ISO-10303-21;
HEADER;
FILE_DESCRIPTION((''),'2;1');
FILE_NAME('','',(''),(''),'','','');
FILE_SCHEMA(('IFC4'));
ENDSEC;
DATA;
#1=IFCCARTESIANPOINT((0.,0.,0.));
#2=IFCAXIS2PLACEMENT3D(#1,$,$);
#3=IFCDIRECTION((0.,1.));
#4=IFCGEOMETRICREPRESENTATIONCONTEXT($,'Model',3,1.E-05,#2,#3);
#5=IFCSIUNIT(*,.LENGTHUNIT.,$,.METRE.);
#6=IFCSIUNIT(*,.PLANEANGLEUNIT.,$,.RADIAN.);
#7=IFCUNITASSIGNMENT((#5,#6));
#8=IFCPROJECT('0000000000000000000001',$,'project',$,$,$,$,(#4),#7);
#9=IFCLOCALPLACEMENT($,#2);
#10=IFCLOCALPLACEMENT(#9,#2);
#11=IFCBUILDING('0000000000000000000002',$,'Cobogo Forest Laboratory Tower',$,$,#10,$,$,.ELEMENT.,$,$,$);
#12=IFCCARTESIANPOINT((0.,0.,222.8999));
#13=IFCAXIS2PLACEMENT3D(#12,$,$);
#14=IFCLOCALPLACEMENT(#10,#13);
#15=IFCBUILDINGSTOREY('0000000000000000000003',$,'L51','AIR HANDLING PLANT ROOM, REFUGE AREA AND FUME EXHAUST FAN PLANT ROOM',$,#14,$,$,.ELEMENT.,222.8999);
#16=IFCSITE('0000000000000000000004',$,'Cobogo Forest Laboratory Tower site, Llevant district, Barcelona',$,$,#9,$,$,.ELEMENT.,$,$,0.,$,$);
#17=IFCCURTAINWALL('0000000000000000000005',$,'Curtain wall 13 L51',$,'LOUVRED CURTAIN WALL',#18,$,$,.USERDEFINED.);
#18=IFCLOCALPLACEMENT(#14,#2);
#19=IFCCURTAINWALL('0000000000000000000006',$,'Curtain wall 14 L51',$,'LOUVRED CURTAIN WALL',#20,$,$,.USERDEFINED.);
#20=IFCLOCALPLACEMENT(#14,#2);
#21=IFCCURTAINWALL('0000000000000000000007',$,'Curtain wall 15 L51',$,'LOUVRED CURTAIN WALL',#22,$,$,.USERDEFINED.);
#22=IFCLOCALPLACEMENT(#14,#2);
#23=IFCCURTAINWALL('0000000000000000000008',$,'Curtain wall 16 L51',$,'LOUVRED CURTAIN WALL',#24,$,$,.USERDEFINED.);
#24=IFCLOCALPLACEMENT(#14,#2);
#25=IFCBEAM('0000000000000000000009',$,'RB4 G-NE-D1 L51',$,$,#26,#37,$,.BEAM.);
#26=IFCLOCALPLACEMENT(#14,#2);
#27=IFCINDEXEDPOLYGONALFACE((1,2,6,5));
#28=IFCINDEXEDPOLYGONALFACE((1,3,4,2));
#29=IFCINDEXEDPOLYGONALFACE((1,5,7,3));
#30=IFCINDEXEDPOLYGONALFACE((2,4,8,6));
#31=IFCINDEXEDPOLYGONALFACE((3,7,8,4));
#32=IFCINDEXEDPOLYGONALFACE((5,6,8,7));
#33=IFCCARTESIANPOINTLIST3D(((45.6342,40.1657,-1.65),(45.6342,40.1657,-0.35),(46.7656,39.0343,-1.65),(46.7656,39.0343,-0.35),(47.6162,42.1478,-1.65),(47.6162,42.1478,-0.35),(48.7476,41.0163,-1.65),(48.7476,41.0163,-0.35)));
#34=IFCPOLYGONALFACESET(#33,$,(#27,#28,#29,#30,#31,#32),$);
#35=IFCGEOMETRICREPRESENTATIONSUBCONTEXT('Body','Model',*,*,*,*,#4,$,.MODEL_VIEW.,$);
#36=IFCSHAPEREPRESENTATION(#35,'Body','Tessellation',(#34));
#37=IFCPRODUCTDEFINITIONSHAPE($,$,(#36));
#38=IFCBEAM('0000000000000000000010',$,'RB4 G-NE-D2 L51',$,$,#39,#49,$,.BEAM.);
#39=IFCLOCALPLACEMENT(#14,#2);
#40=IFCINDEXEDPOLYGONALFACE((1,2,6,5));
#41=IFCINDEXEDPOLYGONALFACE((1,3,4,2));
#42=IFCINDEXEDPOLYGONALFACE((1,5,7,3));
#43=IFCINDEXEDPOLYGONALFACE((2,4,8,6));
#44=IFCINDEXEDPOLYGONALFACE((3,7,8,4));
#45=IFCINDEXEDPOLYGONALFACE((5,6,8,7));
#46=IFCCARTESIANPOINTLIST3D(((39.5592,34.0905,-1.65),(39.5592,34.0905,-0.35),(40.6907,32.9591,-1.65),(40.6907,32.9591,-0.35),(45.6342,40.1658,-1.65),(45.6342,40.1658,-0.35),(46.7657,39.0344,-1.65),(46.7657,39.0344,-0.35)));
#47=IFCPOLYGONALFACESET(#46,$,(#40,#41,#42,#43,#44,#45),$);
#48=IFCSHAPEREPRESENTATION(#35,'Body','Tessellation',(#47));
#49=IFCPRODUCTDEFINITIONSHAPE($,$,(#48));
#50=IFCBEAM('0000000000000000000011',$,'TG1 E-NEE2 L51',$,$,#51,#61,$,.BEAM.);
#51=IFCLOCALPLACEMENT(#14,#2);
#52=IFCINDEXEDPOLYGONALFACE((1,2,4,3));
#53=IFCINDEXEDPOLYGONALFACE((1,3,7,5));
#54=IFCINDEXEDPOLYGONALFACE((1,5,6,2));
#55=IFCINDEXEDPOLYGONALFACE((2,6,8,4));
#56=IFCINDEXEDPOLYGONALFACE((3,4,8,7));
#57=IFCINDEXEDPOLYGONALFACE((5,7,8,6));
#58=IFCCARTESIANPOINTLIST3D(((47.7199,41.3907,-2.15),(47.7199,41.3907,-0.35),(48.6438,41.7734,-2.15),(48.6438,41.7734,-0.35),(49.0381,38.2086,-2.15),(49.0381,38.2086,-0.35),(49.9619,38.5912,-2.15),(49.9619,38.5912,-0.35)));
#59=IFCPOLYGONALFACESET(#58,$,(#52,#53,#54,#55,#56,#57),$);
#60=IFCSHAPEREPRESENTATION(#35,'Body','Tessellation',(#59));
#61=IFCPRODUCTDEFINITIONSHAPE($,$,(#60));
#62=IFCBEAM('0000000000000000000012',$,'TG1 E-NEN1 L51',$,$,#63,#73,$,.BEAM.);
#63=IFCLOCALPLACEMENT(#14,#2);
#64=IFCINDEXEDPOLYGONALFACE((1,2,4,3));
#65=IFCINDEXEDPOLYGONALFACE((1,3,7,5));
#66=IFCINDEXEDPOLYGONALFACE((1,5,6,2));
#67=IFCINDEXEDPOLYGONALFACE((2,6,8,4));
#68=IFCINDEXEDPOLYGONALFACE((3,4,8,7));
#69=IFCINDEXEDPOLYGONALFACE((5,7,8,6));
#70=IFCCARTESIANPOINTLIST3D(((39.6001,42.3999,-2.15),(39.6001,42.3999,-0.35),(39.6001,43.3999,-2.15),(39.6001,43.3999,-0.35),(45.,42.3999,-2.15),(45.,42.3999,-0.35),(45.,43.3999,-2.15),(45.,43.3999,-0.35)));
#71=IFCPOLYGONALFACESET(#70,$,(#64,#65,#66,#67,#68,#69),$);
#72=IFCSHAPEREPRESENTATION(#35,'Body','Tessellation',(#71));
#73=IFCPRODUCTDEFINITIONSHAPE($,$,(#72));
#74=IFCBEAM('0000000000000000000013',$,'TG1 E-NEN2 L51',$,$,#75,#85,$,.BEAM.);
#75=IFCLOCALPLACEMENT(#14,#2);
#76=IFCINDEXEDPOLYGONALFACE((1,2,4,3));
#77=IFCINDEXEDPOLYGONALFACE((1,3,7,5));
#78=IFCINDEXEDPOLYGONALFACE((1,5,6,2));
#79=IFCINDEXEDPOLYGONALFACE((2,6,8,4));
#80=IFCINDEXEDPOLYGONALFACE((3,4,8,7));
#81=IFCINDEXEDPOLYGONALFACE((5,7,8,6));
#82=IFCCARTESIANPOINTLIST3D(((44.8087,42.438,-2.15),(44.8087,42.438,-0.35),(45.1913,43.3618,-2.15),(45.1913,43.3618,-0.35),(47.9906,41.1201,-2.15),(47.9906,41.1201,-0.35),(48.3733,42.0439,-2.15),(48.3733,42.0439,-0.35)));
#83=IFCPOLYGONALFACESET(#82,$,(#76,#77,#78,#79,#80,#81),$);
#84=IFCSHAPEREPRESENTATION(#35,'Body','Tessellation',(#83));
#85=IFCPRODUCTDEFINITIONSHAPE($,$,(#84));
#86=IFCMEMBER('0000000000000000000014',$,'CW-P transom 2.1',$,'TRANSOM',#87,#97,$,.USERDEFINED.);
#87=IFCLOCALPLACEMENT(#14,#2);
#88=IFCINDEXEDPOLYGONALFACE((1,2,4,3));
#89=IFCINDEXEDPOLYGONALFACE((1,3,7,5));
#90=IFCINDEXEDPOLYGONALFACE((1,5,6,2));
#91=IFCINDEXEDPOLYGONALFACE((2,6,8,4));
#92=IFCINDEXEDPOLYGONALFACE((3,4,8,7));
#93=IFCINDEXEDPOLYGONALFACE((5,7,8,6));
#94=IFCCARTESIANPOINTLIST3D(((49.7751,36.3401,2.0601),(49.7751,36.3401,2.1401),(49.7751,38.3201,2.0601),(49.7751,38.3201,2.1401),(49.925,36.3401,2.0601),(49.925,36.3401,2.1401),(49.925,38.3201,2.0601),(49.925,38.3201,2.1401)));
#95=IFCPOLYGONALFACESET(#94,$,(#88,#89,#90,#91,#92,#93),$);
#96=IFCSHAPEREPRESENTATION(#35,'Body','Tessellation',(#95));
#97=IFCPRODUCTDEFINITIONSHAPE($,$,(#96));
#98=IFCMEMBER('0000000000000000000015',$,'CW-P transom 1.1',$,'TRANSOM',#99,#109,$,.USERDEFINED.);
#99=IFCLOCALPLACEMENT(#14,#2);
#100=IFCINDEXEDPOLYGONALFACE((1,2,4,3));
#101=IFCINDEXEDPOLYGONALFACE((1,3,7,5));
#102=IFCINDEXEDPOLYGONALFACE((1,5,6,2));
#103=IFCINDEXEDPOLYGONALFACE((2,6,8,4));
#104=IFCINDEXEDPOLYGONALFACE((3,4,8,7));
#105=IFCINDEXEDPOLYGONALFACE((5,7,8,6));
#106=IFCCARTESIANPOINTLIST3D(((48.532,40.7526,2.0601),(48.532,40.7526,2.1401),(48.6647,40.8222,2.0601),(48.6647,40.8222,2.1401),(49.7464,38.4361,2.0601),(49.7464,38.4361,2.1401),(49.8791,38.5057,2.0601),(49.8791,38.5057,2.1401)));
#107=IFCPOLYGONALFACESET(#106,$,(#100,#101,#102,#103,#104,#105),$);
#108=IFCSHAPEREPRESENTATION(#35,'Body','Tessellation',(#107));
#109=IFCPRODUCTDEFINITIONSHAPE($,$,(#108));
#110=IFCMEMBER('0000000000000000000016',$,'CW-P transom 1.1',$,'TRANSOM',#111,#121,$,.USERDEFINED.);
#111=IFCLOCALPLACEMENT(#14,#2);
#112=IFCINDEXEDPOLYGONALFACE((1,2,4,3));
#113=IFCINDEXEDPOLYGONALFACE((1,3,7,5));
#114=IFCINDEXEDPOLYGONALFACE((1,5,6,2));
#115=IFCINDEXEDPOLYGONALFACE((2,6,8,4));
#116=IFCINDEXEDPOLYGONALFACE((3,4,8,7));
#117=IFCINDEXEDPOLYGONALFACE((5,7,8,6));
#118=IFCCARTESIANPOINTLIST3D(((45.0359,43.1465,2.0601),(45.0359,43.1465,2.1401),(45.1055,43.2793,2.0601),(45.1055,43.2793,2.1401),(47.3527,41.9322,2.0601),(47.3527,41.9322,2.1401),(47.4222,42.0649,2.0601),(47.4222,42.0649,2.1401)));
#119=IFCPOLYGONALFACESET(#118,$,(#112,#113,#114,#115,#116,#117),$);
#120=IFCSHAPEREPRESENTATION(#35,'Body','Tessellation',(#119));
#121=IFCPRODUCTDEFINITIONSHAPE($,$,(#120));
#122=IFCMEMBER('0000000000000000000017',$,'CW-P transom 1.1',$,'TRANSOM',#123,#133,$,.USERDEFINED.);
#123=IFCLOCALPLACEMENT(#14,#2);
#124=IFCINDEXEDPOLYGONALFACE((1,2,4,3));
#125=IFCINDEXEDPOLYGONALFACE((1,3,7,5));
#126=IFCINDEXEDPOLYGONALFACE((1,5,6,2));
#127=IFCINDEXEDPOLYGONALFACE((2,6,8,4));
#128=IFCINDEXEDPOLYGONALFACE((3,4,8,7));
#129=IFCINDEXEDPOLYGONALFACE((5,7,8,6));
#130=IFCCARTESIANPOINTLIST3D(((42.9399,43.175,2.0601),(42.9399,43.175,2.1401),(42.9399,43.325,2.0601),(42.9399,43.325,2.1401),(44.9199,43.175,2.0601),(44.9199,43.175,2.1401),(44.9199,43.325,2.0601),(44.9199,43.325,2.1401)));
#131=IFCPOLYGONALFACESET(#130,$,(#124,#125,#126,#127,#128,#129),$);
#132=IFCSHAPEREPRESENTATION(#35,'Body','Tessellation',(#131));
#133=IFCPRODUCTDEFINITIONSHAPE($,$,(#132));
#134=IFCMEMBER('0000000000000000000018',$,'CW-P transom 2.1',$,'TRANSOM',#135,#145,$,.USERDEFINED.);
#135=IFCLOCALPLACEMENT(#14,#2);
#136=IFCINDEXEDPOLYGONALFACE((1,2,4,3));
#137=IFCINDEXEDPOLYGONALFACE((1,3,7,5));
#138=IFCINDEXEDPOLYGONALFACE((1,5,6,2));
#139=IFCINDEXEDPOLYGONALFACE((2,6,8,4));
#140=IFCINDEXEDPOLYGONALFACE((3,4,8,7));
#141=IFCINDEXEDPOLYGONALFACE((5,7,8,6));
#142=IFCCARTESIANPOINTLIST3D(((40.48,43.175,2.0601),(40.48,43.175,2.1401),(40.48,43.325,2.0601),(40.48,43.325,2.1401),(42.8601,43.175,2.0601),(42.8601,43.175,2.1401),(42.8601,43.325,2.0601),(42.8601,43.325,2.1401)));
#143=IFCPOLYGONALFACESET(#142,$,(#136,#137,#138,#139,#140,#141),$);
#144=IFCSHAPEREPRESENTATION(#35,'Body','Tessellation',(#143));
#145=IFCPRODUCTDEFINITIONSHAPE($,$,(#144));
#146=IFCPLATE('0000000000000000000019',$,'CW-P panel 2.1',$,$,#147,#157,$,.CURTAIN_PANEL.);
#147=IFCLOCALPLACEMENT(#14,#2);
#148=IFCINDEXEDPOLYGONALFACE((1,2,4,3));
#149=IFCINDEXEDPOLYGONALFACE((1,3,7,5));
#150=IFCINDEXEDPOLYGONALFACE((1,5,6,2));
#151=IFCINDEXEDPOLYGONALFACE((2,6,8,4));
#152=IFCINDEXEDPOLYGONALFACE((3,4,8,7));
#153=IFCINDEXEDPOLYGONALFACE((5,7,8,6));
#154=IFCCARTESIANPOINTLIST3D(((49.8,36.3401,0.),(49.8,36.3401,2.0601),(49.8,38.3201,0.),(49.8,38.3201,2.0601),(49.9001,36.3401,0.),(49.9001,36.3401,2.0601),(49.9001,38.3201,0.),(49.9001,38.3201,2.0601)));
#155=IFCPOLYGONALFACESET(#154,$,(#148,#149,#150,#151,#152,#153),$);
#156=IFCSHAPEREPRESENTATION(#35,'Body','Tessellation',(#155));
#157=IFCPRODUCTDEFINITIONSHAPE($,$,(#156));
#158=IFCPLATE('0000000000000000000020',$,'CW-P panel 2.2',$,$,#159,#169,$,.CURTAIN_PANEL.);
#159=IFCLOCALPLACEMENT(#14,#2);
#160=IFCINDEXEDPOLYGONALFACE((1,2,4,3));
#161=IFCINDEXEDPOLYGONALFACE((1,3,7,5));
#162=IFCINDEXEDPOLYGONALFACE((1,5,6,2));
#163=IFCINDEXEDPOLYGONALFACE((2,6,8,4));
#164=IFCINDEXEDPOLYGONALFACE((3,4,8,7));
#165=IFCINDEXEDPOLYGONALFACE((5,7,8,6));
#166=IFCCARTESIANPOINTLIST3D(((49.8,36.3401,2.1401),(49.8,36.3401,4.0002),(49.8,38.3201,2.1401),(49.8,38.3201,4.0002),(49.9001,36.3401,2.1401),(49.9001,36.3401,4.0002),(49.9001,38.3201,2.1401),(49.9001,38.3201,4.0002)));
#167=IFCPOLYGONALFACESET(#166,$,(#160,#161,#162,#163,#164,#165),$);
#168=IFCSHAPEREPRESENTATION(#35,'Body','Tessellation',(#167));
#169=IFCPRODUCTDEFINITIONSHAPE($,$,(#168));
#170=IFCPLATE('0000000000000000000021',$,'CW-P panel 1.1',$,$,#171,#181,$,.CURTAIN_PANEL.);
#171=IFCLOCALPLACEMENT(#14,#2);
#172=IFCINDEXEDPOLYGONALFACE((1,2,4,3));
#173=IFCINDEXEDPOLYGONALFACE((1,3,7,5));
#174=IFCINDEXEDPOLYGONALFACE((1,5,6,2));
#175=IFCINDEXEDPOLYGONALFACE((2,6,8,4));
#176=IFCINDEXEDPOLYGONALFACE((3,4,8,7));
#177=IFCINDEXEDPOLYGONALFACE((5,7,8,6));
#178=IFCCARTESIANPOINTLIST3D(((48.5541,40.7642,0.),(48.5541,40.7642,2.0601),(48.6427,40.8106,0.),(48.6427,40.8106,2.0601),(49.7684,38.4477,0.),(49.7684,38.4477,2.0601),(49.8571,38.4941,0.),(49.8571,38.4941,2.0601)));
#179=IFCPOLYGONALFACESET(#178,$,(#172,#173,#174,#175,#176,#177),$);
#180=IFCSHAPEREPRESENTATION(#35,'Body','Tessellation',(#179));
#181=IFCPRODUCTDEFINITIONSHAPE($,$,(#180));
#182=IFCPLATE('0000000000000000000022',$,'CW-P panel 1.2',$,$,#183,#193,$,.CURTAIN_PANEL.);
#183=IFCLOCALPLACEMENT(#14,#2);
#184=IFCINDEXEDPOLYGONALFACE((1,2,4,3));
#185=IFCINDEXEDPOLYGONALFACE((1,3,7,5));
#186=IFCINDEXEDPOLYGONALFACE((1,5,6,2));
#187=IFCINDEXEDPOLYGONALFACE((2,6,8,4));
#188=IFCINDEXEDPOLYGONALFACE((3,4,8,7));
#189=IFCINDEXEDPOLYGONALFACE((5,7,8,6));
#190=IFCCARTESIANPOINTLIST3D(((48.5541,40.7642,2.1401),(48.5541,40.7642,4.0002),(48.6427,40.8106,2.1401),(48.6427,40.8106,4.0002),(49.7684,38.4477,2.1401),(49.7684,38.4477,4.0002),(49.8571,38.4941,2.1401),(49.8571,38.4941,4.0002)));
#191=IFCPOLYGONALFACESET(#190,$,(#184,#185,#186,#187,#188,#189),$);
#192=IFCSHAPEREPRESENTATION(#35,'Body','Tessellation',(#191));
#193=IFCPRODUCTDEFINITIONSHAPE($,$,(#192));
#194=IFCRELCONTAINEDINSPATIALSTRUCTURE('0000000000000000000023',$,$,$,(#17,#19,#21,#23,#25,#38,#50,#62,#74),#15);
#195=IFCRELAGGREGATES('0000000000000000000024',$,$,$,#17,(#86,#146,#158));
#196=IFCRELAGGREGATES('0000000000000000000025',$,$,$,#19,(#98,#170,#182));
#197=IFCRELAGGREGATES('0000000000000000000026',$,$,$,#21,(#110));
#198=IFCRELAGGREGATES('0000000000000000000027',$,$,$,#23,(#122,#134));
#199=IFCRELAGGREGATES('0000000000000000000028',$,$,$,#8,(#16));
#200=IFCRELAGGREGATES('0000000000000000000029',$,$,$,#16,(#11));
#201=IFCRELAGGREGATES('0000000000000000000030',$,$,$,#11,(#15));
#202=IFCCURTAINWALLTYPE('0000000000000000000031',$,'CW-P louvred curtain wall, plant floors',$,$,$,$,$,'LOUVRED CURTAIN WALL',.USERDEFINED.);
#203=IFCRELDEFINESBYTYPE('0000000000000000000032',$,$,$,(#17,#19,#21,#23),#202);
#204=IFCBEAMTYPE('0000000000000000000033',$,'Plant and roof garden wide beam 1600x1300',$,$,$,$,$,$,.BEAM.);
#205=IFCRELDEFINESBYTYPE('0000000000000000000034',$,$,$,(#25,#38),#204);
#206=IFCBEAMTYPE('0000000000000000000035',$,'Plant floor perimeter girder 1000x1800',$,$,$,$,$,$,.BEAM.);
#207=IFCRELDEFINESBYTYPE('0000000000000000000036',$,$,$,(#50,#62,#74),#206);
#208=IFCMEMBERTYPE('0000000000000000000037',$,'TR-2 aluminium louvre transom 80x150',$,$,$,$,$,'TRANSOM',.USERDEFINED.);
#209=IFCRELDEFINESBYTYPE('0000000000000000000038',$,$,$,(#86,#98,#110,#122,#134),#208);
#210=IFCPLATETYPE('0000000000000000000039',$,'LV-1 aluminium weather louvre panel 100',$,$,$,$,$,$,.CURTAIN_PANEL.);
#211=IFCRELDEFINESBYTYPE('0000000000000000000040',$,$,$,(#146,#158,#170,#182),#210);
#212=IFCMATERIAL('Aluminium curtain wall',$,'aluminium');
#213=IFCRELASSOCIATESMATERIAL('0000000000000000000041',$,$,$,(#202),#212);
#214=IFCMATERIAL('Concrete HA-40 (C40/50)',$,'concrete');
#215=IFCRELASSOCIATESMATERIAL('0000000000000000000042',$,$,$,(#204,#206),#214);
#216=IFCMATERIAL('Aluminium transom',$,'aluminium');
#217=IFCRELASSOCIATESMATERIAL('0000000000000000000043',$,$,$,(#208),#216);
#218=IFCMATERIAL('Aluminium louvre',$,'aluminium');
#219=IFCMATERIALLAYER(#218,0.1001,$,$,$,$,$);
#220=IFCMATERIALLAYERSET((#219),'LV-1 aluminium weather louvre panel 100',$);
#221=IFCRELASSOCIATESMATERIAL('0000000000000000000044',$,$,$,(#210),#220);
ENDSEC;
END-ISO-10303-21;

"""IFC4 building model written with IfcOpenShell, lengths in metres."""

from ifc_helpers import new_model, si_unit, direction, frame, origin, origin_2d, place, context, subcontext, project, spatial, rectangle, extrude, material, layer, layer_set, material_profile, profile_set, type_object, element, aggregate, save


model = new_model("IFC4")

# Units and contexts
model_context = context("Model", 3, precision=1e-05, world=origin(), true_north=direction((0.0, 1.0)))
body_context = subcontext(model_context, "Body", "Model", "MODEL_VIEW")
ifc_project = project(units=[si_unit("LENGTHUNIT", "METRE"), si_unit("PLANEANGLEUNIT", "RADIAN")], contexts=[model_context])

# Site, building, storey
site_placement = place(None, origin())
site = spatial("IfcSite", under=ifc_project, at=site_placement, Name="Cobogo Forest Laboratory Tower site, Llevant district, Barcelona", CompositionType="ELEMENT", RefElevation=0.0)
building_placement = place(site_placement, origin())
building = spatial("IfcBuilding", under=site, at=building_placement, Name="Cobogo Forest Laboratory Tower", CompositionType="ELEMENT")
storey_placement = place(building_placement, frame((0.0, 0.0, 222.8999)))
storey = spatial("IfcBuildingStorey", under=building, at=storey_placement, Name="L51", Description="AIR HANDLING PLANT ROOM, REFUGE AREA AND FUME EXHAUST FAN PLANT ROOM", CompositionType="ELEMENT", Elevation=222.8999)

# Curtain walls
ifc_material_1 = material(Name="Aluminium curtain wall", Category="aluminium")
curtain_wall_type = type_object("IfcCurtainWallType", Name="CW-P louvred curtain wall, plant floors", ElementType="LOUVRED CURTAIN WALL", PredefinedType="USERDEFINED", material=ifc_material_1)
curtain_wall_1_placement = place(storey_placement, origin())
curtain_wall_1 = element("IfcCurtainWall", 1, at=curtain_wall_1_placement, inside=storey, type_object=curtain_wall_type, Name="Curtain wall 13 L51", ObjectType="LOUVRED CURTAIN WALL", PredefinedType="USERDEFINED")
curtain_wall_2_placement = place(storey_placement, origin())
curtain_wall_2 = element("IfcCurtainWall", 2, at=curtain_wall_2_placement, inside=storey, type_object=curtain_wall_type, Name="Curtain wall 14 L51", ObjectType="LOUVRED CURTAIN WALL", PredefinedType="USERDEFINED")
curtain_wall_3_placement = place(storey_placement, origin())
curtain_wall_3 = element("IfcCurtainWall", 3, at=curtain_wall_3_placement, inside=storey, type_object=curtain_wall_type, Name="Curtain wall 15 L51", ObjectType="LOUVRED CURTAIN WALL", PredefinedType="USERDEFINED")
curtain_wall_4_placement = place(storey_placement, origin())
curtain_wall_4 = element("IfcCurtainWall", 4, at=curtain_wall_4_placement, inside=storey, type_object=curtain_wall_type, Name="Curtain wall 16 L51", ObjectType="LOUVRED CURTAIN WALL", PredefinedType="USERDEFINED")

# Beams
ifc_material_2 = material(Name="Concrete HA-40 (C40/50)", Category="concrete")
ifc_material_profile_1 = material_profile(ifc_material_2, rectangle(XDim=1.6001, YDim=1.3, at=origin_2d()), Name="RC 1600x1300")
ifc_profile_set_1 = profile_set([ifc_material_profile_1], Name="Concrete HA-40 (C40/50)")
beam_type_1 = type_object("IfcBeamType", Name="Plant and roof garden wide beam 1600x1300", PredefinedType="BEAM", material=ifc_profile_set_1)
beam_1_placement = place(storey_placement, frame((48.1819, 41.582, -1.0), z_axis=(-0.707107, -0.707107, 0.0), x_axis=(0.707107, -0.707107, 0.0)))
element("IfcBeam", 5, at=beam_1_placement, inside=storey, type_object=beam_type_1, Name="RB4 G-NE-D1 L51", PredefinedType="BEAM", context=body_context, shape_type="SweptSolid", body=[
    extrude(rectangle(XDim=1.6001, YDim=1.3, at=origin_2d()), origin(), (0.0, 0.0, 1.0), 2.803),
])
beam_2_placement = place(storey_placement, frame((46.2, 39.6001, -1.0), z_axis=(-0.707093, -0.707121, 0.0), x_axis=(0.707121, -0.707093, 0.0)))
element("IfcBeam", 6, at=beam_2_placement, inside=storey, type_object=beam_type_1, Name="RB4 G-NE-D2 L51", PredefinedType="BEAM", context=body_context, shape_type="SweptSolid", body=[
    extrude(rectangle(XDim=1.6001, YDim=1.3, at=origin_2d()), origin(), (0.0, 0.0, 1.0), 8.5916),
])
ifc_material_profile_2 = material_profile(ifc_material_2, rectangle(XDim=1.0, YDim=1.8, at=origin_2d()), Name="RC 1000x1800")
ifc_profile_set_2 = profile_set([ifc_material_profile_2], Name="Concrete HA-40 (C40/50)")
beam_type_2 = type_object("IfcBeamType", Name="Plant floor perimeter girder 1000x1800", PredefinedType="BEAM", material=ifc_profile_set_2)
beam_3_placement = place(storey_placement, frame((49.5, 38.3999, -1.25), z_axis=(-0.382692, 0.923876, 0.0), x_axis=(-0.923876, -0.382692, 0.0)))
element("IfcBeam", 7, at=beam_3_placement, inside=storey, type_object=beam_type_2, Name="TG1 E-NEE2 L51", PredefinedType="BEAM", context=body_context, shape_type="SweptSolid", body=[
    extrude(rectangle(XDim=1.0, YDim=1.8, at=origin_2d()), origin(), (0.0, 0.0, 1.0), 3.4443),
])
beam_4_placement = place(storey_placement, frame((39.6001, 42.8999, -1.25), z_axis=(1.0, 0.0, 0.0), x_axis=(0.0, 1.0, 0.0)))
element("IfcBeam", 8, at=beam_4_placement, inside=storey, type_object=beam_type_2, Name="TG1 E-NEN1 L51", PredefinedType="BEAM", context=body_context, shape_type="SweptSolid", body=[
    extrude(rectangle(XDim=1.0, YDim=1.8, at=origin_2d()), origin(), (0.0, 0.0, 1.0), 5.3999),
])
beam_5_placement = place(storey_placement, frame((45.0, 42.8999, -1.25), z_axis=(0.923891, -0.382656, 0.0), x_axis=(0.382656, 0.923891, 0.0)))
element("IfcBeam", 9, at=beam_5_placement, inside=storey, type_object=beam_type_2, Name="TG1 E-NEN2 L51", PredefinedType="BEAM", context=body_context, shape_type="SweptSolid", body=[
    extrude(rectangle(XDim=1.0, YDim=1.8, at=origin_2d()), origin(), (0.0, 0.0, 1.0), 3.4441),
])

# Members
ifc_material_3 = material(Name="Aluminium transom", Category="aluminium")
ifc_material_profile_3 = material_profile(ifc_material_3, rectangle(XDim=0.1499, YDim=0.0801, at=origin_2d()), Name="AL 80x150")
ifc_profile_set_3 = profile_set([ifc_material_profile_3], Name="Aluminium transom")
member_type_1 = type_object("IfcMemberType", Name="TR-2 aluminium louvre transom 80x150", ElementType="TRANSOM", PredefinedType="USERDEFINED", material=ifc_profile_set_3)
member_1_placement = place(storey_placement, frame((49.8501, 36.3401, 2.1001), z_axis=(0.0, 1.0, 0.0), x_axis=(-1.0, 0.0, 0.0)))
member_1 = element("IfcMember", 10, at=member_1_placement, type_object=member_type_1, Name="CW-P transom 2.1", ObjectType="TRANSOM", PredefinedType="USERDEFINED", context=body_context, shape_type="SweptSolid", body=[
    extrude(rectangle(XDim=0.1499, YDim=0.0801, at=origin_2d()), origin(), (0.0, 0.0, 1.0), 1.98),
])
member_2_placement = place(storey_placement, frame((49.8127, 38.4709, 2.1001), z_axis=(-0.464307, 0.885674, 0.0), x_axis=(-0.885674, -0.464307, 0.0)))
member_2 = element("IfcMember", 11, at=member_2_placement, type_object=member_type_1, Name="CW-P transom 1.1", ObjectType="TRANSOM", PredefinedType="USERDEFINED", context=body_context, shape_type="SweptSolid", body=[
    extrude(rectangle(XDim=0.1499, YDim=0.0801, at=origin_2d()), origin(), (0.0, 0.0, 1.0), 2.6155),
])
member_3_placement = place(storey_placement, frame((47.3875, 41.9985, 2.1001), z_axis=(-0.885694, 0.464269, 0.0), x_axis=(-0.464269, -0.885694, 0.0)))
member_3 = element("IfcMember", 12, at=member_3_placement, type_object=member_type_1, Name="CW-P transom 1.1", ObjectType="TRANSOM", PredefinedType="USERDEFINED", context=body_context, shape_type="SweptSolid", body=[
    extrude(rectangle(XDim=0.1499, YDim=0.0801, at=origin_2d()), origin(), (0.0, 0.0, 1.0), 2.6157),
])
member_4_placement = place(storey_placement, frame((44.9199, 43.25, 2.1001), z_axis=(-1.0, 0.0, 0.0), x_axis=(0.0, -1.0, 0.0)))
member_4 = element("IfcMember", 13, at=member_4_placement, type_object=member_type_1, Name="CW-P transom 1.1", ObjectType="TRANSOM", PredefinedType="USERDEFINED", context=body_context, shape_type="SweptSolid", body=[
    extrude(rectangle(XDim=0.1499, YDim=0.0801, at=origin_2d()), origin(), (0.0, 0.0, 1.0), 1.98),
])
member_5_placement = place(storey_placement, frame((42.8601, 43.25, 2.1001), z_axis=(-1.0, 0.0, 0.0), x_axis=(0.0, -1.0, 0.0)))
member_5 = element("IfcMember", 14, at=member_5_placement, type_object=member_type_1, Name="CW-P transom 2.1", ObjectType="TRANSOM", PredefinedType="USERDEFINED", context=body_context, shape_type="SweptSolid", body=[
    extrude(rectangle(XDim=0.1499, YDim=0.0801, at=origin_2d()), origin(), (0.0, 0.0, 1.0), 2.3801),
])

# Plates
ifc_material_4 = material(Name="Aluminium louvre", Category="aluminium")
ifc_layer = layer(ifc_material_4, 0.1001)
ifc_layer_set = layer_set([ifc_layer], Name="LV-1 aluminium weather louvre panel 100")
plate_type = type_object("IfcPlateType", Name="LV-1 aluminium weather louvre panel 100", PredefinedType="CURTAIN_PANEL", material=ifc_layer_set)
plate_1_placement = place(storey_placement, frame((49.8501, 37.3301, 0.0), z_axis=(0.0, 0.0, 1.0), x_axis=(0.0, 1.0, 0.0)))
plate_1 = element("IfcPlate", 15, at=plate_1_placement, type_object=plate_type, Name="CW-P panel 2.1", PredefinedType="CURTAIN_PANEL", context=body_context, shape_type="SweptSolid", body=[
    extrude(rectangle(XDim=1.98, YDim=0.1001, at=origin_2d()), origin(), (0.0, 0.0, 1.0), 2.0601),
])
plate_2_placement = place(storey_placement, frame((49.8501, 37.3301, 2.1401), z_axis=(0.0, 0.0, 1.0), x_axis=(0.0, 1.0, 0.0)))
plate_2 = element("IfcPlate", 16, at=plate_2_placement, type_object=plate_type, Name="CW-P panel 2.2", PredefinedType="CURTAIN_PANEL", context=body_context, shape_type="SweptSolid", body=[
    extrude(rectangle(XDim=1.98, YDim=0.1001, at=origin_2d()), origin(), (0.0, 0.0, 1.0), 1.8601),
])
aggregate(curtain_wall_1, [member_1, plate_1, plate_2])
plate_3_placement = place(storey_placement, frame((49.2056, 39.6292, 0.0), z_axis=(0.0, 0.0, 1.0), x_axis=(-0.464284, 0.885687, 0.0)))
plate_3 = element("IfcPlate", 17, at=plate_3_placement, type_object=plate_type, Name="CW-P panel 1.1", PredefinedType="CURTAIN_PANEL", context=body_context, shape_type="SweptSolid", body=[
    extrude(rectangle(XDim=2.6155, YDim=0.1001, at=origin_2d()), origin(), (0.0, 0.0, 1.0), 2.0601),
])
plate_4_placement = place(storey_placement, frame((49.2056, 39.6292, 2.1401), z_axis=(0.0, 0.0, 1.0), x_axis=(-0.464284, 0.885687, 0.0)))
plate_4 = element("IfcPlate", 18, at=plate_4_placement, type_object=plate_type, Name="CW-P panel 1.2", PredefinedType="CURTAIN_PANEL", context=body_context, shape_type="SweptSolid", body=[
    extrude(rectangle(XDim=2.6155, YDim=0.1001, at=origin_2d()), origin(), (0.0, 0.0, 1.0), 1.8601),
])
aggregate(curtain_wall_2, [member_2, plate_3, plate_4])
aggregate(curtain_wall_3, [member_3])
aggregate(curtain_wall_4, [member_4, member_5])

save(model, "model.ifc")
